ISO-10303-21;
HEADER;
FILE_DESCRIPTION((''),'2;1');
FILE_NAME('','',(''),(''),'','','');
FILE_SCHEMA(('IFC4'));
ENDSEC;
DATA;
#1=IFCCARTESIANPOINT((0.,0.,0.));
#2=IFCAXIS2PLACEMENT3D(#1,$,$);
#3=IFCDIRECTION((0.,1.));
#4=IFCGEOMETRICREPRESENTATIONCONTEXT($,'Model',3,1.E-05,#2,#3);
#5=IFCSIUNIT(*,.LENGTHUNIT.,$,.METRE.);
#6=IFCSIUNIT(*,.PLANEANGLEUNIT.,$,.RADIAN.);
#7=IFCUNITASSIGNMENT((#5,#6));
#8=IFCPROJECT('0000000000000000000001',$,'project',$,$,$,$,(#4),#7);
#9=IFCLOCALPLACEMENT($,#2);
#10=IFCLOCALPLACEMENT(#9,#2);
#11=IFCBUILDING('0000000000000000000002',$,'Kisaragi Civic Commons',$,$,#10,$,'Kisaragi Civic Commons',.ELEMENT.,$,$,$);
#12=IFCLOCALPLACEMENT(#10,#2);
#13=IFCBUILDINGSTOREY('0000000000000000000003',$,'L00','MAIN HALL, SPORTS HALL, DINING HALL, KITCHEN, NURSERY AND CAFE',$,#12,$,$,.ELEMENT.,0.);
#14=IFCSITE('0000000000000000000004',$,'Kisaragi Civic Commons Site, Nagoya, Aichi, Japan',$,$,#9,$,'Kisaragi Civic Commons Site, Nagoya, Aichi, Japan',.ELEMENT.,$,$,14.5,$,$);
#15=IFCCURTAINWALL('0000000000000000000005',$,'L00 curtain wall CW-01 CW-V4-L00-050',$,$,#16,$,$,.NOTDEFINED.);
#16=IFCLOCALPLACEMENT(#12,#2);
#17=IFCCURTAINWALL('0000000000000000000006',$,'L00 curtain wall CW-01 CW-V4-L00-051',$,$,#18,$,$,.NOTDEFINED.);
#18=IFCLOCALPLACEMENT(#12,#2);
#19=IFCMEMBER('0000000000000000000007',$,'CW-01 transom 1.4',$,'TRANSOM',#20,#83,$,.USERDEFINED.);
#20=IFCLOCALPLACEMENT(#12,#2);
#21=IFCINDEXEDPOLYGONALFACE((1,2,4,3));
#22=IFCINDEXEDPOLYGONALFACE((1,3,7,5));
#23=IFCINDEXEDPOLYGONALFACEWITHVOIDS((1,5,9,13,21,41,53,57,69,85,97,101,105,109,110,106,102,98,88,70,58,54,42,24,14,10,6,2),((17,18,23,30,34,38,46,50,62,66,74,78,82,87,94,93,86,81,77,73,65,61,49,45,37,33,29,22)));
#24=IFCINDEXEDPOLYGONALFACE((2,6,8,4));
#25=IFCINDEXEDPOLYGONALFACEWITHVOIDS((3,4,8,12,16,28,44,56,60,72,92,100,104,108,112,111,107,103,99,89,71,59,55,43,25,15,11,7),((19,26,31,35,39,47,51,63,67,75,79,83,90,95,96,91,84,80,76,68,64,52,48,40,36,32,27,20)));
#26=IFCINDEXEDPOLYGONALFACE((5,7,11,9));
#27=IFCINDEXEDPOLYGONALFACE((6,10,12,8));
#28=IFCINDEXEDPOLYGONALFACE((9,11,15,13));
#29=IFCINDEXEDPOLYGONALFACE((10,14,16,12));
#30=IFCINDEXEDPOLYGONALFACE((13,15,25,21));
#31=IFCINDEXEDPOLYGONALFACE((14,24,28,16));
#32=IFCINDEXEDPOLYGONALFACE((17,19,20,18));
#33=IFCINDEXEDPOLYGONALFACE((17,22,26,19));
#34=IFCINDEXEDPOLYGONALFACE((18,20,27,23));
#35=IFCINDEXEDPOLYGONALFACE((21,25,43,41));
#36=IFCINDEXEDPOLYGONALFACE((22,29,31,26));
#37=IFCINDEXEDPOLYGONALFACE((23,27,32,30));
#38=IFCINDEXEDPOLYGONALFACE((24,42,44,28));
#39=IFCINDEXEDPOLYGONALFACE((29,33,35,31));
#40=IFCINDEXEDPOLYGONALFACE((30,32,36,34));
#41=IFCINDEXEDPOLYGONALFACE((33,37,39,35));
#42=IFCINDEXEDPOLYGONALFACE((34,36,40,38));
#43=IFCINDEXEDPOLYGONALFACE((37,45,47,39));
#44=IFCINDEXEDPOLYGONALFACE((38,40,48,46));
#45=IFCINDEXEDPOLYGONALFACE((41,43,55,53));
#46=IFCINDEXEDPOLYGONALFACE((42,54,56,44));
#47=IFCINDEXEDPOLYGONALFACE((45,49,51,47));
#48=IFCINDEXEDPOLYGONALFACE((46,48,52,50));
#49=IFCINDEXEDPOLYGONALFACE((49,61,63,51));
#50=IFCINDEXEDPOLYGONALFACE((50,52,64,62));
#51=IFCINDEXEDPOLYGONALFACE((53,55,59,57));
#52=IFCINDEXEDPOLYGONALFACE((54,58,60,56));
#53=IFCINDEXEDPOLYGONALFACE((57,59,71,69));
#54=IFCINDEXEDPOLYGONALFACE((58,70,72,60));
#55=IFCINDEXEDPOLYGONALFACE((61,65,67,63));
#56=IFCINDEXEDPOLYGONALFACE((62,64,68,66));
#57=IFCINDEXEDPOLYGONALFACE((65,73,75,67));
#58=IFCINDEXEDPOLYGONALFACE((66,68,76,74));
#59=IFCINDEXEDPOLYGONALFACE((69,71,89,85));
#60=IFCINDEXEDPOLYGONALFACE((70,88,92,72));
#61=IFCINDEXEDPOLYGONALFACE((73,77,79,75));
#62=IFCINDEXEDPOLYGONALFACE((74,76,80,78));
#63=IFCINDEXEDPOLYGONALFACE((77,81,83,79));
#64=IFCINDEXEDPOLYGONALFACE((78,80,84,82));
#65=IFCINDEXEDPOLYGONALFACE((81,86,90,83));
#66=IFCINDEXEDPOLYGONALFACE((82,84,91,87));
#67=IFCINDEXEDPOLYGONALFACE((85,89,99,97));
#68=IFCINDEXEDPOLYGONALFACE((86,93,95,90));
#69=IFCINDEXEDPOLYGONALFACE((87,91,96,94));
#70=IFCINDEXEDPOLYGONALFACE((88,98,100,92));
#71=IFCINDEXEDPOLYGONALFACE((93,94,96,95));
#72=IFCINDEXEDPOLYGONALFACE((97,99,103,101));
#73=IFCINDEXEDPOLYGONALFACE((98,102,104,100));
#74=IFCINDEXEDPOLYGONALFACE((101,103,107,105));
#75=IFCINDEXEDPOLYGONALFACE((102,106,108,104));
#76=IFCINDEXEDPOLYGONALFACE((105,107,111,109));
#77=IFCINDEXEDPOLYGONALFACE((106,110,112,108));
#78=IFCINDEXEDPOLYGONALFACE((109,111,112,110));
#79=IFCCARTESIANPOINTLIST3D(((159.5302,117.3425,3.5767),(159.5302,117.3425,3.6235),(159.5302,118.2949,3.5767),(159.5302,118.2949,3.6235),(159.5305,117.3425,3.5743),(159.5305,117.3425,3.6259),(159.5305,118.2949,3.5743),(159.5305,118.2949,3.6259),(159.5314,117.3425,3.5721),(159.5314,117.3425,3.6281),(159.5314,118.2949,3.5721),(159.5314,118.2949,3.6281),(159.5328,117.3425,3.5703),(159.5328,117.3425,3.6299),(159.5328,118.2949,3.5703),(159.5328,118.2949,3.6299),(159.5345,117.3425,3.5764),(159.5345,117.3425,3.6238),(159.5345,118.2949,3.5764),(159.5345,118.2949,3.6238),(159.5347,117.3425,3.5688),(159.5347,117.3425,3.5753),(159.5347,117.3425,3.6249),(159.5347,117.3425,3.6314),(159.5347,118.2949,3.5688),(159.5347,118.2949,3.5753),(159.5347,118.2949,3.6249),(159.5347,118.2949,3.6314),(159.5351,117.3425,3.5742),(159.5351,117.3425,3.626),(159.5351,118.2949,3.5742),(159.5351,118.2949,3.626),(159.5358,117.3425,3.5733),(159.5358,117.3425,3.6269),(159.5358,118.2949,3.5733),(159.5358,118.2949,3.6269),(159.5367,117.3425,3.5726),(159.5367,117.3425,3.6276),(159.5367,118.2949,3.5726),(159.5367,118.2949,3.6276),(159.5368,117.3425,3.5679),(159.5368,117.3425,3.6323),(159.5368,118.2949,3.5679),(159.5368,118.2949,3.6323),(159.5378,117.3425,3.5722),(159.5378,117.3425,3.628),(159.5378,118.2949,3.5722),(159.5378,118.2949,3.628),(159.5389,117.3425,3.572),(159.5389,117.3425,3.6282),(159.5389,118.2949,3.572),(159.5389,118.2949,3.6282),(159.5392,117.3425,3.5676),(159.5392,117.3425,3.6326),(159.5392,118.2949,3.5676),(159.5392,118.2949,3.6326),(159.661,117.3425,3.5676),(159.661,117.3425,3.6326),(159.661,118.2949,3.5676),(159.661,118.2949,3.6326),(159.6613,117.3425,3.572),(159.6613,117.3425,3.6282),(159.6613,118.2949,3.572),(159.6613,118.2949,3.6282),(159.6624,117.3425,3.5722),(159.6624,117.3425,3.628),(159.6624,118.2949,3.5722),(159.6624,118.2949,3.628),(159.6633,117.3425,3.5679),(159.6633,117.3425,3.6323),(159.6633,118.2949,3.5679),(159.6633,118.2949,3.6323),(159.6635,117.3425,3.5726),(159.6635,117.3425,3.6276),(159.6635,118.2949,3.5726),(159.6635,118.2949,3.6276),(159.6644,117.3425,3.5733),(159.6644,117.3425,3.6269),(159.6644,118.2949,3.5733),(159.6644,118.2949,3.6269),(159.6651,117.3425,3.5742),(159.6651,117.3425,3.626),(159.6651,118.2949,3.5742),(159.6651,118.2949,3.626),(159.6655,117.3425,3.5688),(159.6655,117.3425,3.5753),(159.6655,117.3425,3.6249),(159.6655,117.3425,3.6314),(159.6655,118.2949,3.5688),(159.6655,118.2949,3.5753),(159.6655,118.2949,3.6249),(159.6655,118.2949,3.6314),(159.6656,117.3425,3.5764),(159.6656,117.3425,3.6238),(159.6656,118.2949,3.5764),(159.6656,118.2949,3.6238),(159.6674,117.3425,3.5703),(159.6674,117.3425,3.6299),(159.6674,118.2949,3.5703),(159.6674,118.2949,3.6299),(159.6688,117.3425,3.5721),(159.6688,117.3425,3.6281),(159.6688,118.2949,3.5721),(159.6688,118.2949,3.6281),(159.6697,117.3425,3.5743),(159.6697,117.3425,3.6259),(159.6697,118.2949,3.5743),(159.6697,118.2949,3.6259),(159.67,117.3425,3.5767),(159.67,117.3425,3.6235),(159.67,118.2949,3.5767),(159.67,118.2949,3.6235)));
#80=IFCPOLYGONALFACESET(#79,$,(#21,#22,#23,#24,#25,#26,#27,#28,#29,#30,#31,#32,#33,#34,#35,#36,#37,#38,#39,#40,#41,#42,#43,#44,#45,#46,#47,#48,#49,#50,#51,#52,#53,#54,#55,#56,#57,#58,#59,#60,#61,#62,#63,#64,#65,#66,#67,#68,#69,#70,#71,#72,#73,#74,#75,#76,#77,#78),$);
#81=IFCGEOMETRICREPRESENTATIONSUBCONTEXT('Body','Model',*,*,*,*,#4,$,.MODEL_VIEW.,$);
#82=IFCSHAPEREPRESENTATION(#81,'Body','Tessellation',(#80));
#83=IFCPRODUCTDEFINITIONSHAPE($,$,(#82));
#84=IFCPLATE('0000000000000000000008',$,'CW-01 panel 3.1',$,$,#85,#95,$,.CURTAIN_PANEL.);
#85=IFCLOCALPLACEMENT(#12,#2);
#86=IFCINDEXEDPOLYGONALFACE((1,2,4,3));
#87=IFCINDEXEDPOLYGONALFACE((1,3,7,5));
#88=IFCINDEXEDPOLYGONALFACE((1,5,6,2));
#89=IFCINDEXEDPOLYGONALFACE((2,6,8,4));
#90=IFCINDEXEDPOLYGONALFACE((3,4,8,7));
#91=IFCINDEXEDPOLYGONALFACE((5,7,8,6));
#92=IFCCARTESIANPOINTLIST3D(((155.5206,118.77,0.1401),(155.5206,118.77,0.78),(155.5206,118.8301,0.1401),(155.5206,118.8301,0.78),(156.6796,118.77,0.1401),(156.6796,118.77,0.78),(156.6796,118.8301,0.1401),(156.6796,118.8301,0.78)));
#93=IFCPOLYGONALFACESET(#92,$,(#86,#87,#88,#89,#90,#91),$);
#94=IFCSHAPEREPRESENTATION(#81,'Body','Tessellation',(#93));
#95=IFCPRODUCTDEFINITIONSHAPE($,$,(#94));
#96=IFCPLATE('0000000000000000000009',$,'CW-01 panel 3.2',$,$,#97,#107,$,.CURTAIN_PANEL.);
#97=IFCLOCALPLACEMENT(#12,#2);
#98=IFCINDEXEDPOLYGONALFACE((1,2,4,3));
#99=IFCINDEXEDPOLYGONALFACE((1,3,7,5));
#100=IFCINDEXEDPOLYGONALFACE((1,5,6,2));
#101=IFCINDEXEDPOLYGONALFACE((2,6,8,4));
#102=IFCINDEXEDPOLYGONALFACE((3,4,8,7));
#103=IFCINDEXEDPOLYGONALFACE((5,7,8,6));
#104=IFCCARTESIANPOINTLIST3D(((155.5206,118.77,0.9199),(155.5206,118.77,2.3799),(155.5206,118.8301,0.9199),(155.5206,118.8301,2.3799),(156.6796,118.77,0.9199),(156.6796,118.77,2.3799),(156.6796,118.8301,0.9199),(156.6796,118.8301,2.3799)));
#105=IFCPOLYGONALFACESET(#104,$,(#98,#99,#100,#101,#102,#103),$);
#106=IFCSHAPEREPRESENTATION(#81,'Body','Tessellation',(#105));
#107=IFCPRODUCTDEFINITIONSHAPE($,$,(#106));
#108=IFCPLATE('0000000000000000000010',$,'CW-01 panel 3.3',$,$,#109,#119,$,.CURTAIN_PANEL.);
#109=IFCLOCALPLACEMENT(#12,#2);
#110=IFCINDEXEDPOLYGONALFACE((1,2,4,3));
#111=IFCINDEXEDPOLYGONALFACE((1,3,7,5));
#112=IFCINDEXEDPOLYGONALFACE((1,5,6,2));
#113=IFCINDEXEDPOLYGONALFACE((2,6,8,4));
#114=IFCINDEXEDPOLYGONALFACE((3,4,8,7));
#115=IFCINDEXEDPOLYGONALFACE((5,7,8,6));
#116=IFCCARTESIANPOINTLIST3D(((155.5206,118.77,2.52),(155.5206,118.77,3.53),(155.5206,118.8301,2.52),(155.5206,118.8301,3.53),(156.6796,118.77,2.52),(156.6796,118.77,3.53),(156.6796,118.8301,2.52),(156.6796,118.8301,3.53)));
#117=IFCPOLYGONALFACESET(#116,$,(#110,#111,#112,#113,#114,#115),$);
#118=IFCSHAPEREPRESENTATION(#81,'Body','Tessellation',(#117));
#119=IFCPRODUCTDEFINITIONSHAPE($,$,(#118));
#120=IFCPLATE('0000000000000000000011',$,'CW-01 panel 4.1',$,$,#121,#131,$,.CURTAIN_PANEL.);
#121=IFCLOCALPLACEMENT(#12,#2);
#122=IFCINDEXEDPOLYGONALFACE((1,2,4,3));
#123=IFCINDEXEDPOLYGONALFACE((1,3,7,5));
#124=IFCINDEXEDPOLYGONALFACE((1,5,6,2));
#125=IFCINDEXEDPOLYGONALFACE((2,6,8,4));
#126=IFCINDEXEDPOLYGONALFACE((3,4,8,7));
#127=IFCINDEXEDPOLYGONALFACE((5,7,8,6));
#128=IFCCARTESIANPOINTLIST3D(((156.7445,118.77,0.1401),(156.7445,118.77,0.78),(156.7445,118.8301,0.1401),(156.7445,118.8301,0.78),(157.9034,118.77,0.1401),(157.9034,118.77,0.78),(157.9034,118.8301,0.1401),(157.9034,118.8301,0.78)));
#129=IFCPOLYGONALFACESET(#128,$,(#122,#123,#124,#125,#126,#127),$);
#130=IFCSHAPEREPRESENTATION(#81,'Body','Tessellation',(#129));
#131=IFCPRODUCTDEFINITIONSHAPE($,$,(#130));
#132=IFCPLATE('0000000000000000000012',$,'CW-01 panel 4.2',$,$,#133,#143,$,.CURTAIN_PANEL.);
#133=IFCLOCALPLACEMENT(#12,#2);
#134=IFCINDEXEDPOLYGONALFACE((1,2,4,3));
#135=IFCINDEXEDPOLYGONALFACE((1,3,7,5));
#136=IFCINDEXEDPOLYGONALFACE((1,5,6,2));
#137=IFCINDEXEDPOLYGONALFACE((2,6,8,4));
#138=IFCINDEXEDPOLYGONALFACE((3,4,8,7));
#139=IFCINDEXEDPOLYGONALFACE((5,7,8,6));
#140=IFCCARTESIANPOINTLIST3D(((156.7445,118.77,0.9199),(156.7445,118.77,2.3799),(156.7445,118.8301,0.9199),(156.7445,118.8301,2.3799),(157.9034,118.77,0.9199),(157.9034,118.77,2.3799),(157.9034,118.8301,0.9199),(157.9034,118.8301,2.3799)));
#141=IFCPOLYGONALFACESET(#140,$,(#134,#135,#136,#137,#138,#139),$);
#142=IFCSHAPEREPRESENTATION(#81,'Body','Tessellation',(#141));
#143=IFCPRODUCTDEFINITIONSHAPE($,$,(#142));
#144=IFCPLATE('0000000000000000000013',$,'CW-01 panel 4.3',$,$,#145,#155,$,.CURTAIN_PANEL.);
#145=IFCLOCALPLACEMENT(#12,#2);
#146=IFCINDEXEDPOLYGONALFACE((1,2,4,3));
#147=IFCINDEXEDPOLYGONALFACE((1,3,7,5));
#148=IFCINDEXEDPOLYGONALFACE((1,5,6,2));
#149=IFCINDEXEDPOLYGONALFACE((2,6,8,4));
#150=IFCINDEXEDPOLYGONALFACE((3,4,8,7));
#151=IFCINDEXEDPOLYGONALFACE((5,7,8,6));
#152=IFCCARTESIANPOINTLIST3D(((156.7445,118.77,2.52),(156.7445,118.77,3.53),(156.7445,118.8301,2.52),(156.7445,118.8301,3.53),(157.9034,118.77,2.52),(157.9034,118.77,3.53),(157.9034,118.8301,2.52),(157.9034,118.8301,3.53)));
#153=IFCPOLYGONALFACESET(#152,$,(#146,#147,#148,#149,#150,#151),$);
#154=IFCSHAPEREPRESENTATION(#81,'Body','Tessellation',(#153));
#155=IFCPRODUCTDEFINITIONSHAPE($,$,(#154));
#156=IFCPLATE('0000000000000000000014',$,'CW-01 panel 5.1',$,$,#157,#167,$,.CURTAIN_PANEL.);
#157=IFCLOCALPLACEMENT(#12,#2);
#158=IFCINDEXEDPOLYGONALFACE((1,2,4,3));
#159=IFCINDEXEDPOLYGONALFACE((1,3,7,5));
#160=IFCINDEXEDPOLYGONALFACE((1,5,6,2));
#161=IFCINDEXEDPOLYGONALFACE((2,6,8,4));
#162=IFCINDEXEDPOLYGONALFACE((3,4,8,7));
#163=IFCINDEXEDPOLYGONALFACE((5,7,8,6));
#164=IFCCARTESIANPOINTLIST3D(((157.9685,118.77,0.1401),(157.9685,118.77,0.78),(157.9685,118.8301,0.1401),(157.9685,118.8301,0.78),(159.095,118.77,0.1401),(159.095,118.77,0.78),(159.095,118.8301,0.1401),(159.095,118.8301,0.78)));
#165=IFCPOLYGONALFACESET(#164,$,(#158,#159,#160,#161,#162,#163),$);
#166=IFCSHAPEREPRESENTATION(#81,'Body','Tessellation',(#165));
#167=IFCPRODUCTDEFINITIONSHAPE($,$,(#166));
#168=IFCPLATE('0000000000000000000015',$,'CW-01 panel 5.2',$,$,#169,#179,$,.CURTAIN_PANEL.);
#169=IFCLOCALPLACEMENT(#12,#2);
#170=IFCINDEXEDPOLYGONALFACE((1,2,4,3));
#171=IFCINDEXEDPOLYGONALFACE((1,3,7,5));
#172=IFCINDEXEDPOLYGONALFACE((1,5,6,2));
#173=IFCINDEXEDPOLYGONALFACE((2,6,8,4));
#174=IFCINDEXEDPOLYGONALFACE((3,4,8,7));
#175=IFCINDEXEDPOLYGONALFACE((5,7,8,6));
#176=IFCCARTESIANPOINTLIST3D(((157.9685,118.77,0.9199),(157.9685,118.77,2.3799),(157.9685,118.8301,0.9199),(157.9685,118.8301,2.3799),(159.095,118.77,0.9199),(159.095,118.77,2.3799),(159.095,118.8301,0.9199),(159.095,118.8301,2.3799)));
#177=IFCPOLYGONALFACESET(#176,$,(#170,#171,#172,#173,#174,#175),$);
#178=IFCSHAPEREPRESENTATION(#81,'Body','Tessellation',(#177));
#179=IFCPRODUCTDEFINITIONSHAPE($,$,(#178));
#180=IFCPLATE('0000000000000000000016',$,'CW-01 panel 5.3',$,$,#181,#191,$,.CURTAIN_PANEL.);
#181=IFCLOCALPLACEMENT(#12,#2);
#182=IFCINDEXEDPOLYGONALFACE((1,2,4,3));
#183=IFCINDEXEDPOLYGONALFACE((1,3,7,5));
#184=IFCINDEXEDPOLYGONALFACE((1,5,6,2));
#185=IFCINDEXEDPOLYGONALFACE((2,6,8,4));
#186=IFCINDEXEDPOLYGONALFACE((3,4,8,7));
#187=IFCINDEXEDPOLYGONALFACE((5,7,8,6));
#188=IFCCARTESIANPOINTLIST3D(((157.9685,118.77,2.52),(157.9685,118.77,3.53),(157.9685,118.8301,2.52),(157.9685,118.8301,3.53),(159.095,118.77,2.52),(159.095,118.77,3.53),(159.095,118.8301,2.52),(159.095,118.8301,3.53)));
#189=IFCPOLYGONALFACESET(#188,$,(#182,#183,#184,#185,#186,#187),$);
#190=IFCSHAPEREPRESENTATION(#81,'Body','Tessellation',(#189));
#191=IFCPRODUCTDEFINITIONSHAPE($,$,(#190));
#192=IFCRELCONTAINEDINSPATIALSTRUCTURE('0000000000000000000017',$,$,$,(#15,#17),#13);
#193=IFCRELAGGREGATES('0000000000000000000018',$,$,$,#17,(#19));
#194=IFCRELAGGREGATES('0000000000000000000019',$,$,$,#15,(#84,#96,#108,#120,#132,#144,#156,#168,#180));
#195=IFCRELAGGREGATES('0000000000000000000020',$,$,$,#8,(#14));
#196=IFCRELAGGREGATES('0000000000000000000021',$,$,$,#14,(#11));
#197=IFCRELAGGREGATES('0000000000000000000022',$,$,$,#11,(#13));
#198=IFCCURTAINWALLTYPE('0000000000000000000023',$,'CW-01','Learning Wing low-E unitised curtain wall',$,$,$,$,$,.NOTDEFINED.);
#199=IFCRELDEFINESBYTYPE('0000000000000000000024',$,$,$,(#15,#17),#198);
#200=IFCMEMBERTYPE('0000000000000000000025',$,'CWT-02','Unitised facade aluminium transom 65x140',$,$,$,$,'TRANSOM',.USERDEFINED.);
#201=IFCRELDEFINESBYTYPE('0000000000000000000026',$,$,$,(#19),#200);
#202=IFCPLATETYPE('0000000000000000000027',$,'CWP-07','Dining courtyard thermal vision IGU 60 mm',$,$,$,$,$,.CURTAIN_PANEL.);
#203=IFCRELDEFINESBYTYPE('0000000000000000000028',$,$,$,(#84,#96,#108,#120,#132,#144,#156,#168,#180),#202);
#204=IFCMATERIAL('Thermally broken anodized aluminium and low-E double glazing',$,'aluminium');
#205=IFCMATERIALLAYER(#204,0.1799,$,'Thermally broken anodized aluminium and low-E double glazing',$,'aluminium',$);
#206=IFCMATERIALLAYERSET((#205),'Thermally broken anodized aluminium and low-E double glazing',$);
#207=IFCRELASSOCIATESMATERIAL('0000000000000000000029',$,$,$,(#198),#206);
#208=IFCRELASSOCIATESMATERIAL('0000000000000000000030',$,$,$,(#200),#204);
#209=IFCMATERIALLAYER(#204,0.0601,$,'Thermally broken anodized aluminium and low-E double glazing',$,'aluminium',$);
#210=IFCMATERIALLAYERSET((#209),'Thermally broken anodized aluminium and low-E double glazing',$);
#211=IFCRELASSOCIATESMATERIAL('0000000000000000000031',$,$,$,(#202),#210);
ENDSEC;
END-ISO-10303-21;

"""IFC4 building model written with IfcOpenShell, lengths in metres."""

from ifc_helpers import new_model, si_unit, direction, frame, origin, origin_2d, place, context, subcontext, project, spatial, rectangle, hollow_rectangle, extrude, material, layer, layer_set, material_profile, profile_set, type_object, element, aggregate, save


model = new_model("IFC4")

# Units and contexts
model_context = context("Model", 3, precision=1e-05, world=origin(), true_north=direction((0.0, 1.0)))
body_context = subcontext(model_context, "Body", "Model", "MODEL_VIEW")
ifc_project = project(units=[si_unit("LENGTHUNIT", "METRE"), si_unit("PLANEANGLEUNIT", "RADIAN")], contexts=[model_context])

# Site, building, storey
site_placement = place(None, origin())
site = spatial("IfcSite", under=ifc_project, at=site_placement, Name="Kisaragi Civic Commons Site, Nagoya, Aichi, Japan", LongName="Kisaragi Civic Commons Site, Nagoya, Aichi, Japan", CompositionType="ELEMENT", RefElevation=14.5)
building_placement = place(site_placement, origin())
building = spatial("IfcBuilding", under=site, at=building_placement, Name="Kisaragi Civic Commons", LongName="Kisaragi Civic Commons", CompositionType="ELEMENT")
storey_placement = place(building_placement, origin())
storey = spatial("IfcBuildingStorey", under=building, at=storey_placement, Name="L00", Description="MAIN HALL, SPORTS HALL, DINING HALL, KITCHEN, NURSERY AND CAFE", CompositionType="ELEMENT", Elevation=0.0)

# Curtain wall
ifc_material_1 = material(Name="Thermally broken anodized aluminium and low-E double glazing", Category="aluminium")
ifc_layer_1 = layer(ifc_material_1, 0.1799, Name="Thermally broken anodized aluminium and low-E double glazing", Category="aluminium")
ifc_layer_set_1 = layer_set([ifc_layer_1], Name="Thermally broken anodized aluminium and low-E double glazing")
curtain_wall_type = type_object("IfcCurtainWallType", Name="CW-01", Description="Learning Wing low-E unitised curtain wall", PredefinedType="NOTDEFINED", material=ifc_layer_set_1)
curtain_wall_1_placement = place(storey_placement, origin())
curtain_wall_1 = element("IfcCurtainWall", 1, at=curtain_wall_1_placement, inside=storey, type_object=curtain_wall_type, Name="L00 curtain wall CW-01 CW-V4-L00-050", PredefinedType="NOTDEFINED")

# Curtain wall
curtain_wall_2_placement = place(storey_placement, origin())
curtain_wall_2 = element("IfcCurtainWall", 2, at=curtain_wall_2_placement, inside=storey, type_object=curtain_wall_type, Name="L00 curtain wall CW-01 CW-V4-L00-051", PredefinedType="NOTDEFINED")

# Member
ifc_material_profile_1 = material_profile(ifc_material_1, hollow_rectangle(XDim=0.1399, YDim=0.0649, WallThickness=0.0044, InnerFilletRadius=0.0044, OuterFilletRadius=0.009, at=origin_2d()), Name="CWT-65x140x4.5", Category="aluminium")
ifc_profile_set_1 = profile_set([ifc_material_profile_1], Name="Thermally broken anodized aluminium and low-E double glazing")
member_type_1 = type_object("IfcMemberType", Name="CWT-02", Description="Unitised facade aluminium transom 65x140", ElementType="TRANSOM", PredefinedType="USERDEFINED", material=ifc_profile_set_1)
member_1_placement = place(storey_placement, frame((159.6001, 118.2949, 3.6001), z_axis=(0.0, -1.0, 0.0), x_axis=(1.0, 0.0, 0.0)))
member_1 = element("IfcMember", 3, at=member_1_placement, type_object=member_type_1, Name="CW-01 transom 1.4", ObjectType="TRANSOM", PredefinedType="USERDEFINED", context=body_context, shape_type="SweptSolid", body=[
    extrude(hollow_rectangle(XDim=0.1399, YDim=0.0649, WallThickness=0.0044, InnerFilletRadius=0.0044, OuterFilletRadius=0.009, at=origin_2d()), origin(), (0.0, 0.0, 1.0), 0.9524),
])
aggregate(curtain_wall_2, [member_1])

# Plates
ifc_layer_2 = layer(ifc_material_1, 0.0601, Name="Thermally broken anodized aluminium and low-E double glazing", Category="aluminium")
ifc_layer_set_2 = layer_set([ifc_layer_2], Name="Thermally broken anodized aluminium and low-E double glazing")
plate_type = type_object("IfcPlateType", Name="CWP-07", Description="Dining courtyard thermal vision IGU 60 mm", PredefinedType="CURTAIN_PANEL", material=ifc_layer_set_2)
plate_1_placement = place(storey_placement, frame((156.1001, 118.8, 0.1401), z_axis=(0.0, 0.0, 1.0), x_axis=(1.0, 0.0, 0.0)))
plate_1 = element("IfcPlate", 4, at=plate_1_placement, type_object=plate_type, Name="CW-01 panel 3.1", PredefinedType="CURTAIN_PANEL", context=body_context, shape_type="SweptSolid", body=[
    extrude(rectangle(XDim=1.1589, YDim=0.0601, at=origin_2d()), origin(), (0.0, 0.0, 1.0), 0.6399),
])
plate_2_placement = place(storey_placement, frame((156.1001, 118.8, 0.9199), z_axis=(0.0, 0.0, 1.0), x_axis=(1.0, 0.0, 0.0)))
plate_2 = element("IfcPlate", 5, at=plate_2_placement, type_object=plate_type, Name="CW-01 panel 3.2", PredefinedType="CURTAIN_PANEL", context=body_context, shape_type="SweptSolid", body=[
    extrude(rectangle(XDim=1.1589, YDim=0.0601, at=origin_2d()), origin(), (0.0, 0.0, 1.0), 1.46),
])
plate_3_placement = place(storey_placement, frame((156.1001, 118.8, 2.52), z_axis=(0.0, 0.0, 1.0), x_axis=(1.0, 0.0, 0.0)))
plate_3 = element("IfcPlate", 6, at=plate_3_placement, type_object=plate_type, Name="CW-01 panel 3.3", PredefinedType="CURTAIN_PANEL", context=body_context, shape_type="SweptSolid", body=[
    extrude(rectangle(XDim=1.1589, YDim=0.0601, at=origin_2d()), origin(), (0.0, 0.0, 1.0), 1.01),
])
plate_4_placement = place(storey_placement, frame((157.324, 118.8, 0.1401), z_axis=(0.0, 0.0, 1.0), x_axis=(1.0, 0.0, 0.0)))
plate_4 = element("IfcPlate", 7, at=plate_4_placement, type_object=plate_type, Name="CW-01 panel 4.1", PredefinedType="CURTAIN_PANEL", context=body_context, shape_type="SweptSolid", body=[
    extrude(rectangle(XDim=1.1589, YDim=0.0601, at=origin_2d()), origin(), (0.0, 0.0, 1.0), 0.6399),
])
plate_5_placement = place(storey_placement, frame((157.324, 118.8, 0.9199), z_axis=(0.0, 0.0, 1.0), x_axis=(1.0, 0.0, 0.0)))
plate_5 = element("IfcPlate", 8, at=plate_5_placement, type_object=plate_type, Name="CW-01 panel 4.2", PredefinedType="CURTAIN_PANEL", context=body_context, shape_type="SweptSolid", body=[
    extrude(rectangle(XDim=1.1589, YDim=0.0601, at=origin_2d()), origin(), (0.0, 0.0, 1.0), 1.46),
])
plate_6_placement = place(storey_placement, frame((157.324, 118.8, 2.52), z_axis=(0.0, 0.0, 1.0), x_axis=(1.0, 0.0, 0.0)))
plate_6 = element("IfcPlate", 9, at=plate_6_placement, type_object=plate_type, Name="CW-01 panel 4.3", PredefinedType="CURTAIN_PANEL", context=body_context, shape_type="SweptSolid", body=[
    extrude(rectangle(XDim=1.1589, YDim=0.0601, at=origin_2d()), origin(), (0.0, 0.0, 1.0), 1.01),
])
plate_7_placement = place(storey_placement, frame((158.5317, 118.8, 0.1401), z_axis=(0.0, 0.0, 1.0), x_axis=(1.0, 0.0, 0.0)))
plate_7 = element("IfcPlate", 10, at=plate_7_placement, type_object=plate_type, Name="CW-01 panel 5.1", PredefinedType="CURTAIN_PANEL", context=body_context, shape_type="SweptSolid", body=[
    extrude(rectangle(XDim=1.1265, YDim=0.0601, at=origin_2d()), origin(), (0.0, 0.0, 1.0), 0.6399),
])
plate_8_placement = place(storey_placement, frame((158.5317, 118.8, 0.9199), z_axis=(0.0, 0.0, 1.0), x_axis=(1.0, 0.0, 0.0)))
plate_8 = element("IfcPlate", 11, at=plate_8_placement, type_object=plate_type, Name="CW-01 panel 5.2", PredefinedType="CURTAIN_PANEL", context=body_context, shape_type="SweptSolid", body=[
    extrude(rectangle(XDim=1.1265, YDim=0.0601, at=origin_2d()), origin(), (0.0, 0.0, 1.0), 1.46),
])
plate_9_placement = place(storey_placement, frame((158.5317, 118.8, 2.52), z_axis=(0.0, 0.0, 1.0), x_axis=(1.0, 0.0, 0.0)))
plate_9 = element("IfcPlate", 12, at=plate_9_placement, type_object=plate_type, Name="CW-01 panel 5.3", PredefinedType="CURTAIN_PANEL", context=body_context, shape_type="SweptSolid", body=[
    extrude(rectangle(XDim=1.1265, YDim=0.0601, at=origin_2d()), origin(), (0.0, 0.0, 1.0), 1.01),
])
aggregate(curtain_wall_1, [plate_1, plate_2, plate_3, plate_4, plate_5, plate_6, plate_7, plate_8, plate_9])

save(model, "model.ifc")
